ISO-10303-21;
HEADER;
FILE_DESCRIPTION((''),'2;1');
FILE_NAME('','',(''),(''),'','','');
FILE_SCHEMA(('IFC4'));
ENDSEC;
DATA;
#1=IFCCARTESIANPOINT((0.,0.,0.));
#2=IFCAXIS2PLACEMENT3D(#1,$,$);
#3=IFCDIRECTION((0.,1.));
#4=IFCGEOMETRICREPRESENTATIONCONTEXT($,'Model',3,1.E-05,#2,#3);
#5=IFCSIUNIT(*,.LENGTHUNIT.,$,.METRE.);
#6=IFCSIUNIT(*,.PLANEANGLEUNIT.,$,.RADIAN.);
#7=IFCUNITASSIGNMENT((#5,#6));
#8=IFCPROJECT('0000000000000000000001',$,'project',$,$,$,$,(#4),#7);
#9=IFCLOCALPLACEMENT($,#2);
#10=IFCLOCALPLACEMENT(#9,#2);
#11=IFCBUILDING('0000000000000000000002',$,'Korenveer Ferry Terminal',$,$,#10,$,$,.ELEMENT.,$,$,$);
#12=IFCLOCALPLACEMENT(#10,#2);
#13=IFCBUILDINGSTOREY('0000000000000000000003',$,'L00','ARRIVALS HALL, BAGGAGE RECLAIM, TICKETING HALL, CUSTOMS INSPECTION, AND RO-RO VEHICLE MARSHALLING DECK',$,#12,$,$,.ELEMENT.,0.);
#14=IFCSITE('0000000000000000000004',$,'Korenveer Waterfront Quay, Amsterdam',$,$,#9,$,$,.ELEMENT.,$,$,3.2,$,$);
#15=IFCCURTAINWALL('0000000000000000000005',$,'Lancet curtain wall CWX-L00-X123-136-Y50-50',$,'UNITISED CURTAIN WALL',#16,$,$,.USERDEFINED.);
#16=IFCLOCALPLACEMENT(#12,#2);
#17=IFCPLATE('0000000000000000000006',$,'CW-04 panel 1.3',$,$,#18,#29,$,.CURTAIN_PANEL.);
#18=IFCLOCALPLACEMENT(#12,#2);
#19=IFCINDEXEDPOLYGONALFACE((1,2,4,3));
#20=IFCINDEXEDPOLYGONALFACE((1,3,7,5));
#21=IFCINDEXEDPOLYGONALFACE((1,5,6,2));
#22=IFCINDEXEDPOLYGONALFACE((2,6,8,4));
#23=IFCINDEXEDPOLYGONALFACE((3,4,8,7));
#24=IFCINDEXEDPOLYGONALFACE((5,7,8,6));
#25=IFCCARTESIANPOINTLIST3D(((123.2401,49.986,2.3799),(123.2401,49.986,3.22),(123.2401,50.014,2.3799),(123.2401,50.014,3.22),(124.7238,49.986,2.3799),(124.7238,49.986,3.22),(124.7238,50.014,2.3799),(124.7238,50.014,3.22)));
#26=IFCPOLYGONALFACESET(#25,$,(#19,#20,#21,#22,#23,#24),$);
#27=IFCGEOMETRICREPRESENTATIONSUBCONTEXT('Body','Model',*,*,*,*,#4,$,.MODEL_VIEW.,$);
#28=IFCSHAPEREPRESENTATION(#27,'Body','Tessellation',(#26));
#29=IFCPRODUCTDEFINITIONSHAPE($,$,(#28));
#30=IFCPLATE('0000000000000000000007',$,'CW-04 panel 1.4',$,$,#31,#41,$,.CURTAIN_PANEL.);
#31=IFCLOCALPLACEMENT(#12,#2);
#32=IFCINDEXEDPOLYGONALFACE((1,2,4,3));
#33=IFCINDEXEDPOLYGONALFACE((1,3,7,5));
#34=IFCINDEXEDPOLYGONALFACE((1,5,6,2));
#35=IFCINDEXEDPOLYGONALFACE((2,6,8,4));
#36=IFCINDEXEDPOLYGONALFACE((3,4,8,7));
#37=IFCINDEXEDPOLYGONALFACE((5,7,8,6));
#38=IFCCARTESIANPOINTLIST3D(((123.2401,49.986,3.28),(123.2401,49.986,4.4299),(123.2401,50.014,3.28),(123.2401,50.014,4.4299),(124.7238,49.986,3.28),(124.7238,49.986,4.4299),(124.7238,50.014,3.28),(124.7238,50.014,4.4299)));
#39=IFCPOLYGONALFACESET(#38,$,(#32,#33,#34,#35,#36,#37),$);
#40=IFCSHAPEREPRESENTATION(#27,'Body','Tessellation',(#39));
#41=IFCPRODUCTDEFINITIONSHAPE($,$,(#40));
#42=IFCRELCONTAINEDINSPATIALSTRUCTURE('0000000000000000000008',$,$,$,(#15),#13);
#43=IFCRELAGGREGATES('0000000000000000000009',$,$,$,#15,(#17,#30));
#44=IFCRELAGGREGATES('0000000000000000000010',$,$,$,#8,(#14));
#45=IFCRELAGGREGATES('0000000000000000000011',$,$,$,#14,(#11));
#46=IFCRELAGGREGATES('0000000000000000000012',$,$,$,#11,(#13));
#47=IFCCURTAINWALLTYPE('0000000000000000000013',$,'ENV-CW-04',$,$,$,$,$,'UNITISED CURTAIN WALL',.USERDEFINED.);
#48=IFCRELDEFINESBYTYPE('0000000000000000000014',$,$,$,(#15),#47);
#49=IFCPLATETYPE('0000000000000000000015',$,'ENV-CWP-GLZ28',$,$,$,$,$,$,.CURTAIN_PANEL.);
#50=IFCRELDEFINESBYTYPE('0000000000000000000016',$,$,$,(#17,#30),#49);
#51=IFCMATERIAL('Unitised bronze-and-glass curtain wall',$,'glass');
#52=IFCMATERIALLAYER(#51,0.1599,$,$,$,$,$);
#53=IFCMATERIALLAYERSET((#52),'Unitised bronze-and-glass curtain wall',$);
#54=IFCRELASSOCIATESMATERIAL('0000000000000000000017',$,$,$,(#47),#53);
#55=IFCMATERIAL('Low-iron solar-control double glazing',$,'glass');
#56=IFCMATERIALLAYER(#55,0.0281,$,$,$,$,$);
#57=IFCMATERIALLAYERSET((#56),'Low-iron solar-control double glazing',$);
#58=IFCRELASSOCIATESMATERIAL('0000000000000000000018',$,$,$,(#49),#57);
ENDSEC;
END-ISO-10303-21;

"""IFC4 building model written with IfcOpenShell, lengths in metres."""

from ifc_helpers import new_model, si_unit, direction, frame, origin, origin_2d, place, context, subcontext, project, spatial, rectangle, extrude, material, layer, layer_set, type_object, element, aggregate, save


model = new_model("IFC4")

# Units and contexts
model_context = context("Model", 3, precision=1e-05, world=origin(), true_north=direction((0.0, 1.0)))
body_context = subcontext(model_context, "Body", "Model", "MODEL_VIEW")
ifc_project = project(units=[si_unit("LENGTHUNIT", "METRE"), si_unit("PLANEANGLEUNIT", "RADIAN")], contexts=[model_context])

# Site, building, storey
site_placement = place(None, origin())
site = spatial("IfcSite", under=ifc_project, at=site_placement, Name="Korenveer Waterfront Quay, Amsterdam", CompositionType="ELEMENT", RefElevation=3.2)
building_placement = place(site_placement, origin())
building = spatial("IfcBuilding", under=site, at=building_placement, Name="Korenveer Ferry Terminal", CompositionType="ELEMENT")
storey_placement = place(building_placement, origin())
storey = spatial("IfcBuildingStorey", under=building, at=storey_placement, Name="L00", Description="ARRIVALS HALL, BAGGAGE RECLAIM, TICKETING HALL, CUSTOMS INSPECTION, AND RO-RO VEHICLE MARSHALLING DECK", CompositionType="ELEMENT", Elevation=0.0)

# Curtain wall
ifc_material_1 = material(Name="Unitised bronze-and-glass curtain wall", Category="glass")
ifc_layer_1 = layer(ifc_material_1, 0.1599)
ifc_layer_set_1 = layer_set([ifc_layer_1], Name="Unitised bronze-and-glass curtain wall")
curtain_wall_type = type_object("IfcCurtainWallType", Name="ENV-CW-04", ElementType="UNITISED CURTAIN WALL", PredefinedType="USERDEFINED", material=ifc_layer_set_1)
curtain_wall_placement = place(storey_placement, frame((123.1799, 50.0, 0.0)))
curtain_wall = element("IfcCurtainWall", 1, at=curtain_wall_placement, inside=storey, type_object=curtain_wall_type, Name="Lancet curtain wall CWX-L00-X123-136-Y50-50", ObjectType="UNITISED CURTAIN WALL", PredefinedType="USERDEFINED")

# Plates
ifc_material_2 = material(Name="Low-iron solar-control double glazing", Category="glass")
ifc_layer_2 = layer(ifc_material_2, 0.0281)
ifc_layer_set_2 = layer_set([ifc_layer_2], Name="Low-iron solar-control double glazing")
plate_type = type_object("IfcPlateType", Name="ENV-CWP-GLZ28", PredefinedType="CURTAIN_PANEL", material=ifc_layer_set_2)
plate_1_placement = place(storey_placement, frame((123.9819, 50.0, 2.3799), z_axis=(0.0, 0.0, 1.0), x_axis=(1.0, 0.0, 0.0)))
plate_1 = element("IfcPlate", 2, at=plate_1_placement, type_object=plate_type, Name="CW-04 panel 1.3", PredefinedType="CURTAIN_PANEL", context=body_context, shape_type="SweptSolid", body=[
    extrude(rectangle(XDim=1.4836, YDim=0.0281, at=origin_2d()), origin(), (0.0, 0.0, 1.0), 0.8401),
])
plate_2_placement = place(storey_placement, frame((123.9819, 50.0, 3.28), z_axis=(0.0, 0.0, 1.0), x_axis=(1.0, 0.0, 0.0)))
plate_2 = element("IfcPlate", 3, at=plate_2_placement, type_object=plate_type, Name="CW-04 panel 1.4", PredefinedType="CURTAIN_PANEL", context=body_context, shape_type="SweptSolid", body=[
    extrude(rectangle(XDim=1.4836, YDim=0.0281, at=origin_2d()), origin(), (0.0, 0.0, 1.0), 1.1499),
])
aggregate(curtain_wall, [plate_1, plate_2])

save(model, "model.ifc")
